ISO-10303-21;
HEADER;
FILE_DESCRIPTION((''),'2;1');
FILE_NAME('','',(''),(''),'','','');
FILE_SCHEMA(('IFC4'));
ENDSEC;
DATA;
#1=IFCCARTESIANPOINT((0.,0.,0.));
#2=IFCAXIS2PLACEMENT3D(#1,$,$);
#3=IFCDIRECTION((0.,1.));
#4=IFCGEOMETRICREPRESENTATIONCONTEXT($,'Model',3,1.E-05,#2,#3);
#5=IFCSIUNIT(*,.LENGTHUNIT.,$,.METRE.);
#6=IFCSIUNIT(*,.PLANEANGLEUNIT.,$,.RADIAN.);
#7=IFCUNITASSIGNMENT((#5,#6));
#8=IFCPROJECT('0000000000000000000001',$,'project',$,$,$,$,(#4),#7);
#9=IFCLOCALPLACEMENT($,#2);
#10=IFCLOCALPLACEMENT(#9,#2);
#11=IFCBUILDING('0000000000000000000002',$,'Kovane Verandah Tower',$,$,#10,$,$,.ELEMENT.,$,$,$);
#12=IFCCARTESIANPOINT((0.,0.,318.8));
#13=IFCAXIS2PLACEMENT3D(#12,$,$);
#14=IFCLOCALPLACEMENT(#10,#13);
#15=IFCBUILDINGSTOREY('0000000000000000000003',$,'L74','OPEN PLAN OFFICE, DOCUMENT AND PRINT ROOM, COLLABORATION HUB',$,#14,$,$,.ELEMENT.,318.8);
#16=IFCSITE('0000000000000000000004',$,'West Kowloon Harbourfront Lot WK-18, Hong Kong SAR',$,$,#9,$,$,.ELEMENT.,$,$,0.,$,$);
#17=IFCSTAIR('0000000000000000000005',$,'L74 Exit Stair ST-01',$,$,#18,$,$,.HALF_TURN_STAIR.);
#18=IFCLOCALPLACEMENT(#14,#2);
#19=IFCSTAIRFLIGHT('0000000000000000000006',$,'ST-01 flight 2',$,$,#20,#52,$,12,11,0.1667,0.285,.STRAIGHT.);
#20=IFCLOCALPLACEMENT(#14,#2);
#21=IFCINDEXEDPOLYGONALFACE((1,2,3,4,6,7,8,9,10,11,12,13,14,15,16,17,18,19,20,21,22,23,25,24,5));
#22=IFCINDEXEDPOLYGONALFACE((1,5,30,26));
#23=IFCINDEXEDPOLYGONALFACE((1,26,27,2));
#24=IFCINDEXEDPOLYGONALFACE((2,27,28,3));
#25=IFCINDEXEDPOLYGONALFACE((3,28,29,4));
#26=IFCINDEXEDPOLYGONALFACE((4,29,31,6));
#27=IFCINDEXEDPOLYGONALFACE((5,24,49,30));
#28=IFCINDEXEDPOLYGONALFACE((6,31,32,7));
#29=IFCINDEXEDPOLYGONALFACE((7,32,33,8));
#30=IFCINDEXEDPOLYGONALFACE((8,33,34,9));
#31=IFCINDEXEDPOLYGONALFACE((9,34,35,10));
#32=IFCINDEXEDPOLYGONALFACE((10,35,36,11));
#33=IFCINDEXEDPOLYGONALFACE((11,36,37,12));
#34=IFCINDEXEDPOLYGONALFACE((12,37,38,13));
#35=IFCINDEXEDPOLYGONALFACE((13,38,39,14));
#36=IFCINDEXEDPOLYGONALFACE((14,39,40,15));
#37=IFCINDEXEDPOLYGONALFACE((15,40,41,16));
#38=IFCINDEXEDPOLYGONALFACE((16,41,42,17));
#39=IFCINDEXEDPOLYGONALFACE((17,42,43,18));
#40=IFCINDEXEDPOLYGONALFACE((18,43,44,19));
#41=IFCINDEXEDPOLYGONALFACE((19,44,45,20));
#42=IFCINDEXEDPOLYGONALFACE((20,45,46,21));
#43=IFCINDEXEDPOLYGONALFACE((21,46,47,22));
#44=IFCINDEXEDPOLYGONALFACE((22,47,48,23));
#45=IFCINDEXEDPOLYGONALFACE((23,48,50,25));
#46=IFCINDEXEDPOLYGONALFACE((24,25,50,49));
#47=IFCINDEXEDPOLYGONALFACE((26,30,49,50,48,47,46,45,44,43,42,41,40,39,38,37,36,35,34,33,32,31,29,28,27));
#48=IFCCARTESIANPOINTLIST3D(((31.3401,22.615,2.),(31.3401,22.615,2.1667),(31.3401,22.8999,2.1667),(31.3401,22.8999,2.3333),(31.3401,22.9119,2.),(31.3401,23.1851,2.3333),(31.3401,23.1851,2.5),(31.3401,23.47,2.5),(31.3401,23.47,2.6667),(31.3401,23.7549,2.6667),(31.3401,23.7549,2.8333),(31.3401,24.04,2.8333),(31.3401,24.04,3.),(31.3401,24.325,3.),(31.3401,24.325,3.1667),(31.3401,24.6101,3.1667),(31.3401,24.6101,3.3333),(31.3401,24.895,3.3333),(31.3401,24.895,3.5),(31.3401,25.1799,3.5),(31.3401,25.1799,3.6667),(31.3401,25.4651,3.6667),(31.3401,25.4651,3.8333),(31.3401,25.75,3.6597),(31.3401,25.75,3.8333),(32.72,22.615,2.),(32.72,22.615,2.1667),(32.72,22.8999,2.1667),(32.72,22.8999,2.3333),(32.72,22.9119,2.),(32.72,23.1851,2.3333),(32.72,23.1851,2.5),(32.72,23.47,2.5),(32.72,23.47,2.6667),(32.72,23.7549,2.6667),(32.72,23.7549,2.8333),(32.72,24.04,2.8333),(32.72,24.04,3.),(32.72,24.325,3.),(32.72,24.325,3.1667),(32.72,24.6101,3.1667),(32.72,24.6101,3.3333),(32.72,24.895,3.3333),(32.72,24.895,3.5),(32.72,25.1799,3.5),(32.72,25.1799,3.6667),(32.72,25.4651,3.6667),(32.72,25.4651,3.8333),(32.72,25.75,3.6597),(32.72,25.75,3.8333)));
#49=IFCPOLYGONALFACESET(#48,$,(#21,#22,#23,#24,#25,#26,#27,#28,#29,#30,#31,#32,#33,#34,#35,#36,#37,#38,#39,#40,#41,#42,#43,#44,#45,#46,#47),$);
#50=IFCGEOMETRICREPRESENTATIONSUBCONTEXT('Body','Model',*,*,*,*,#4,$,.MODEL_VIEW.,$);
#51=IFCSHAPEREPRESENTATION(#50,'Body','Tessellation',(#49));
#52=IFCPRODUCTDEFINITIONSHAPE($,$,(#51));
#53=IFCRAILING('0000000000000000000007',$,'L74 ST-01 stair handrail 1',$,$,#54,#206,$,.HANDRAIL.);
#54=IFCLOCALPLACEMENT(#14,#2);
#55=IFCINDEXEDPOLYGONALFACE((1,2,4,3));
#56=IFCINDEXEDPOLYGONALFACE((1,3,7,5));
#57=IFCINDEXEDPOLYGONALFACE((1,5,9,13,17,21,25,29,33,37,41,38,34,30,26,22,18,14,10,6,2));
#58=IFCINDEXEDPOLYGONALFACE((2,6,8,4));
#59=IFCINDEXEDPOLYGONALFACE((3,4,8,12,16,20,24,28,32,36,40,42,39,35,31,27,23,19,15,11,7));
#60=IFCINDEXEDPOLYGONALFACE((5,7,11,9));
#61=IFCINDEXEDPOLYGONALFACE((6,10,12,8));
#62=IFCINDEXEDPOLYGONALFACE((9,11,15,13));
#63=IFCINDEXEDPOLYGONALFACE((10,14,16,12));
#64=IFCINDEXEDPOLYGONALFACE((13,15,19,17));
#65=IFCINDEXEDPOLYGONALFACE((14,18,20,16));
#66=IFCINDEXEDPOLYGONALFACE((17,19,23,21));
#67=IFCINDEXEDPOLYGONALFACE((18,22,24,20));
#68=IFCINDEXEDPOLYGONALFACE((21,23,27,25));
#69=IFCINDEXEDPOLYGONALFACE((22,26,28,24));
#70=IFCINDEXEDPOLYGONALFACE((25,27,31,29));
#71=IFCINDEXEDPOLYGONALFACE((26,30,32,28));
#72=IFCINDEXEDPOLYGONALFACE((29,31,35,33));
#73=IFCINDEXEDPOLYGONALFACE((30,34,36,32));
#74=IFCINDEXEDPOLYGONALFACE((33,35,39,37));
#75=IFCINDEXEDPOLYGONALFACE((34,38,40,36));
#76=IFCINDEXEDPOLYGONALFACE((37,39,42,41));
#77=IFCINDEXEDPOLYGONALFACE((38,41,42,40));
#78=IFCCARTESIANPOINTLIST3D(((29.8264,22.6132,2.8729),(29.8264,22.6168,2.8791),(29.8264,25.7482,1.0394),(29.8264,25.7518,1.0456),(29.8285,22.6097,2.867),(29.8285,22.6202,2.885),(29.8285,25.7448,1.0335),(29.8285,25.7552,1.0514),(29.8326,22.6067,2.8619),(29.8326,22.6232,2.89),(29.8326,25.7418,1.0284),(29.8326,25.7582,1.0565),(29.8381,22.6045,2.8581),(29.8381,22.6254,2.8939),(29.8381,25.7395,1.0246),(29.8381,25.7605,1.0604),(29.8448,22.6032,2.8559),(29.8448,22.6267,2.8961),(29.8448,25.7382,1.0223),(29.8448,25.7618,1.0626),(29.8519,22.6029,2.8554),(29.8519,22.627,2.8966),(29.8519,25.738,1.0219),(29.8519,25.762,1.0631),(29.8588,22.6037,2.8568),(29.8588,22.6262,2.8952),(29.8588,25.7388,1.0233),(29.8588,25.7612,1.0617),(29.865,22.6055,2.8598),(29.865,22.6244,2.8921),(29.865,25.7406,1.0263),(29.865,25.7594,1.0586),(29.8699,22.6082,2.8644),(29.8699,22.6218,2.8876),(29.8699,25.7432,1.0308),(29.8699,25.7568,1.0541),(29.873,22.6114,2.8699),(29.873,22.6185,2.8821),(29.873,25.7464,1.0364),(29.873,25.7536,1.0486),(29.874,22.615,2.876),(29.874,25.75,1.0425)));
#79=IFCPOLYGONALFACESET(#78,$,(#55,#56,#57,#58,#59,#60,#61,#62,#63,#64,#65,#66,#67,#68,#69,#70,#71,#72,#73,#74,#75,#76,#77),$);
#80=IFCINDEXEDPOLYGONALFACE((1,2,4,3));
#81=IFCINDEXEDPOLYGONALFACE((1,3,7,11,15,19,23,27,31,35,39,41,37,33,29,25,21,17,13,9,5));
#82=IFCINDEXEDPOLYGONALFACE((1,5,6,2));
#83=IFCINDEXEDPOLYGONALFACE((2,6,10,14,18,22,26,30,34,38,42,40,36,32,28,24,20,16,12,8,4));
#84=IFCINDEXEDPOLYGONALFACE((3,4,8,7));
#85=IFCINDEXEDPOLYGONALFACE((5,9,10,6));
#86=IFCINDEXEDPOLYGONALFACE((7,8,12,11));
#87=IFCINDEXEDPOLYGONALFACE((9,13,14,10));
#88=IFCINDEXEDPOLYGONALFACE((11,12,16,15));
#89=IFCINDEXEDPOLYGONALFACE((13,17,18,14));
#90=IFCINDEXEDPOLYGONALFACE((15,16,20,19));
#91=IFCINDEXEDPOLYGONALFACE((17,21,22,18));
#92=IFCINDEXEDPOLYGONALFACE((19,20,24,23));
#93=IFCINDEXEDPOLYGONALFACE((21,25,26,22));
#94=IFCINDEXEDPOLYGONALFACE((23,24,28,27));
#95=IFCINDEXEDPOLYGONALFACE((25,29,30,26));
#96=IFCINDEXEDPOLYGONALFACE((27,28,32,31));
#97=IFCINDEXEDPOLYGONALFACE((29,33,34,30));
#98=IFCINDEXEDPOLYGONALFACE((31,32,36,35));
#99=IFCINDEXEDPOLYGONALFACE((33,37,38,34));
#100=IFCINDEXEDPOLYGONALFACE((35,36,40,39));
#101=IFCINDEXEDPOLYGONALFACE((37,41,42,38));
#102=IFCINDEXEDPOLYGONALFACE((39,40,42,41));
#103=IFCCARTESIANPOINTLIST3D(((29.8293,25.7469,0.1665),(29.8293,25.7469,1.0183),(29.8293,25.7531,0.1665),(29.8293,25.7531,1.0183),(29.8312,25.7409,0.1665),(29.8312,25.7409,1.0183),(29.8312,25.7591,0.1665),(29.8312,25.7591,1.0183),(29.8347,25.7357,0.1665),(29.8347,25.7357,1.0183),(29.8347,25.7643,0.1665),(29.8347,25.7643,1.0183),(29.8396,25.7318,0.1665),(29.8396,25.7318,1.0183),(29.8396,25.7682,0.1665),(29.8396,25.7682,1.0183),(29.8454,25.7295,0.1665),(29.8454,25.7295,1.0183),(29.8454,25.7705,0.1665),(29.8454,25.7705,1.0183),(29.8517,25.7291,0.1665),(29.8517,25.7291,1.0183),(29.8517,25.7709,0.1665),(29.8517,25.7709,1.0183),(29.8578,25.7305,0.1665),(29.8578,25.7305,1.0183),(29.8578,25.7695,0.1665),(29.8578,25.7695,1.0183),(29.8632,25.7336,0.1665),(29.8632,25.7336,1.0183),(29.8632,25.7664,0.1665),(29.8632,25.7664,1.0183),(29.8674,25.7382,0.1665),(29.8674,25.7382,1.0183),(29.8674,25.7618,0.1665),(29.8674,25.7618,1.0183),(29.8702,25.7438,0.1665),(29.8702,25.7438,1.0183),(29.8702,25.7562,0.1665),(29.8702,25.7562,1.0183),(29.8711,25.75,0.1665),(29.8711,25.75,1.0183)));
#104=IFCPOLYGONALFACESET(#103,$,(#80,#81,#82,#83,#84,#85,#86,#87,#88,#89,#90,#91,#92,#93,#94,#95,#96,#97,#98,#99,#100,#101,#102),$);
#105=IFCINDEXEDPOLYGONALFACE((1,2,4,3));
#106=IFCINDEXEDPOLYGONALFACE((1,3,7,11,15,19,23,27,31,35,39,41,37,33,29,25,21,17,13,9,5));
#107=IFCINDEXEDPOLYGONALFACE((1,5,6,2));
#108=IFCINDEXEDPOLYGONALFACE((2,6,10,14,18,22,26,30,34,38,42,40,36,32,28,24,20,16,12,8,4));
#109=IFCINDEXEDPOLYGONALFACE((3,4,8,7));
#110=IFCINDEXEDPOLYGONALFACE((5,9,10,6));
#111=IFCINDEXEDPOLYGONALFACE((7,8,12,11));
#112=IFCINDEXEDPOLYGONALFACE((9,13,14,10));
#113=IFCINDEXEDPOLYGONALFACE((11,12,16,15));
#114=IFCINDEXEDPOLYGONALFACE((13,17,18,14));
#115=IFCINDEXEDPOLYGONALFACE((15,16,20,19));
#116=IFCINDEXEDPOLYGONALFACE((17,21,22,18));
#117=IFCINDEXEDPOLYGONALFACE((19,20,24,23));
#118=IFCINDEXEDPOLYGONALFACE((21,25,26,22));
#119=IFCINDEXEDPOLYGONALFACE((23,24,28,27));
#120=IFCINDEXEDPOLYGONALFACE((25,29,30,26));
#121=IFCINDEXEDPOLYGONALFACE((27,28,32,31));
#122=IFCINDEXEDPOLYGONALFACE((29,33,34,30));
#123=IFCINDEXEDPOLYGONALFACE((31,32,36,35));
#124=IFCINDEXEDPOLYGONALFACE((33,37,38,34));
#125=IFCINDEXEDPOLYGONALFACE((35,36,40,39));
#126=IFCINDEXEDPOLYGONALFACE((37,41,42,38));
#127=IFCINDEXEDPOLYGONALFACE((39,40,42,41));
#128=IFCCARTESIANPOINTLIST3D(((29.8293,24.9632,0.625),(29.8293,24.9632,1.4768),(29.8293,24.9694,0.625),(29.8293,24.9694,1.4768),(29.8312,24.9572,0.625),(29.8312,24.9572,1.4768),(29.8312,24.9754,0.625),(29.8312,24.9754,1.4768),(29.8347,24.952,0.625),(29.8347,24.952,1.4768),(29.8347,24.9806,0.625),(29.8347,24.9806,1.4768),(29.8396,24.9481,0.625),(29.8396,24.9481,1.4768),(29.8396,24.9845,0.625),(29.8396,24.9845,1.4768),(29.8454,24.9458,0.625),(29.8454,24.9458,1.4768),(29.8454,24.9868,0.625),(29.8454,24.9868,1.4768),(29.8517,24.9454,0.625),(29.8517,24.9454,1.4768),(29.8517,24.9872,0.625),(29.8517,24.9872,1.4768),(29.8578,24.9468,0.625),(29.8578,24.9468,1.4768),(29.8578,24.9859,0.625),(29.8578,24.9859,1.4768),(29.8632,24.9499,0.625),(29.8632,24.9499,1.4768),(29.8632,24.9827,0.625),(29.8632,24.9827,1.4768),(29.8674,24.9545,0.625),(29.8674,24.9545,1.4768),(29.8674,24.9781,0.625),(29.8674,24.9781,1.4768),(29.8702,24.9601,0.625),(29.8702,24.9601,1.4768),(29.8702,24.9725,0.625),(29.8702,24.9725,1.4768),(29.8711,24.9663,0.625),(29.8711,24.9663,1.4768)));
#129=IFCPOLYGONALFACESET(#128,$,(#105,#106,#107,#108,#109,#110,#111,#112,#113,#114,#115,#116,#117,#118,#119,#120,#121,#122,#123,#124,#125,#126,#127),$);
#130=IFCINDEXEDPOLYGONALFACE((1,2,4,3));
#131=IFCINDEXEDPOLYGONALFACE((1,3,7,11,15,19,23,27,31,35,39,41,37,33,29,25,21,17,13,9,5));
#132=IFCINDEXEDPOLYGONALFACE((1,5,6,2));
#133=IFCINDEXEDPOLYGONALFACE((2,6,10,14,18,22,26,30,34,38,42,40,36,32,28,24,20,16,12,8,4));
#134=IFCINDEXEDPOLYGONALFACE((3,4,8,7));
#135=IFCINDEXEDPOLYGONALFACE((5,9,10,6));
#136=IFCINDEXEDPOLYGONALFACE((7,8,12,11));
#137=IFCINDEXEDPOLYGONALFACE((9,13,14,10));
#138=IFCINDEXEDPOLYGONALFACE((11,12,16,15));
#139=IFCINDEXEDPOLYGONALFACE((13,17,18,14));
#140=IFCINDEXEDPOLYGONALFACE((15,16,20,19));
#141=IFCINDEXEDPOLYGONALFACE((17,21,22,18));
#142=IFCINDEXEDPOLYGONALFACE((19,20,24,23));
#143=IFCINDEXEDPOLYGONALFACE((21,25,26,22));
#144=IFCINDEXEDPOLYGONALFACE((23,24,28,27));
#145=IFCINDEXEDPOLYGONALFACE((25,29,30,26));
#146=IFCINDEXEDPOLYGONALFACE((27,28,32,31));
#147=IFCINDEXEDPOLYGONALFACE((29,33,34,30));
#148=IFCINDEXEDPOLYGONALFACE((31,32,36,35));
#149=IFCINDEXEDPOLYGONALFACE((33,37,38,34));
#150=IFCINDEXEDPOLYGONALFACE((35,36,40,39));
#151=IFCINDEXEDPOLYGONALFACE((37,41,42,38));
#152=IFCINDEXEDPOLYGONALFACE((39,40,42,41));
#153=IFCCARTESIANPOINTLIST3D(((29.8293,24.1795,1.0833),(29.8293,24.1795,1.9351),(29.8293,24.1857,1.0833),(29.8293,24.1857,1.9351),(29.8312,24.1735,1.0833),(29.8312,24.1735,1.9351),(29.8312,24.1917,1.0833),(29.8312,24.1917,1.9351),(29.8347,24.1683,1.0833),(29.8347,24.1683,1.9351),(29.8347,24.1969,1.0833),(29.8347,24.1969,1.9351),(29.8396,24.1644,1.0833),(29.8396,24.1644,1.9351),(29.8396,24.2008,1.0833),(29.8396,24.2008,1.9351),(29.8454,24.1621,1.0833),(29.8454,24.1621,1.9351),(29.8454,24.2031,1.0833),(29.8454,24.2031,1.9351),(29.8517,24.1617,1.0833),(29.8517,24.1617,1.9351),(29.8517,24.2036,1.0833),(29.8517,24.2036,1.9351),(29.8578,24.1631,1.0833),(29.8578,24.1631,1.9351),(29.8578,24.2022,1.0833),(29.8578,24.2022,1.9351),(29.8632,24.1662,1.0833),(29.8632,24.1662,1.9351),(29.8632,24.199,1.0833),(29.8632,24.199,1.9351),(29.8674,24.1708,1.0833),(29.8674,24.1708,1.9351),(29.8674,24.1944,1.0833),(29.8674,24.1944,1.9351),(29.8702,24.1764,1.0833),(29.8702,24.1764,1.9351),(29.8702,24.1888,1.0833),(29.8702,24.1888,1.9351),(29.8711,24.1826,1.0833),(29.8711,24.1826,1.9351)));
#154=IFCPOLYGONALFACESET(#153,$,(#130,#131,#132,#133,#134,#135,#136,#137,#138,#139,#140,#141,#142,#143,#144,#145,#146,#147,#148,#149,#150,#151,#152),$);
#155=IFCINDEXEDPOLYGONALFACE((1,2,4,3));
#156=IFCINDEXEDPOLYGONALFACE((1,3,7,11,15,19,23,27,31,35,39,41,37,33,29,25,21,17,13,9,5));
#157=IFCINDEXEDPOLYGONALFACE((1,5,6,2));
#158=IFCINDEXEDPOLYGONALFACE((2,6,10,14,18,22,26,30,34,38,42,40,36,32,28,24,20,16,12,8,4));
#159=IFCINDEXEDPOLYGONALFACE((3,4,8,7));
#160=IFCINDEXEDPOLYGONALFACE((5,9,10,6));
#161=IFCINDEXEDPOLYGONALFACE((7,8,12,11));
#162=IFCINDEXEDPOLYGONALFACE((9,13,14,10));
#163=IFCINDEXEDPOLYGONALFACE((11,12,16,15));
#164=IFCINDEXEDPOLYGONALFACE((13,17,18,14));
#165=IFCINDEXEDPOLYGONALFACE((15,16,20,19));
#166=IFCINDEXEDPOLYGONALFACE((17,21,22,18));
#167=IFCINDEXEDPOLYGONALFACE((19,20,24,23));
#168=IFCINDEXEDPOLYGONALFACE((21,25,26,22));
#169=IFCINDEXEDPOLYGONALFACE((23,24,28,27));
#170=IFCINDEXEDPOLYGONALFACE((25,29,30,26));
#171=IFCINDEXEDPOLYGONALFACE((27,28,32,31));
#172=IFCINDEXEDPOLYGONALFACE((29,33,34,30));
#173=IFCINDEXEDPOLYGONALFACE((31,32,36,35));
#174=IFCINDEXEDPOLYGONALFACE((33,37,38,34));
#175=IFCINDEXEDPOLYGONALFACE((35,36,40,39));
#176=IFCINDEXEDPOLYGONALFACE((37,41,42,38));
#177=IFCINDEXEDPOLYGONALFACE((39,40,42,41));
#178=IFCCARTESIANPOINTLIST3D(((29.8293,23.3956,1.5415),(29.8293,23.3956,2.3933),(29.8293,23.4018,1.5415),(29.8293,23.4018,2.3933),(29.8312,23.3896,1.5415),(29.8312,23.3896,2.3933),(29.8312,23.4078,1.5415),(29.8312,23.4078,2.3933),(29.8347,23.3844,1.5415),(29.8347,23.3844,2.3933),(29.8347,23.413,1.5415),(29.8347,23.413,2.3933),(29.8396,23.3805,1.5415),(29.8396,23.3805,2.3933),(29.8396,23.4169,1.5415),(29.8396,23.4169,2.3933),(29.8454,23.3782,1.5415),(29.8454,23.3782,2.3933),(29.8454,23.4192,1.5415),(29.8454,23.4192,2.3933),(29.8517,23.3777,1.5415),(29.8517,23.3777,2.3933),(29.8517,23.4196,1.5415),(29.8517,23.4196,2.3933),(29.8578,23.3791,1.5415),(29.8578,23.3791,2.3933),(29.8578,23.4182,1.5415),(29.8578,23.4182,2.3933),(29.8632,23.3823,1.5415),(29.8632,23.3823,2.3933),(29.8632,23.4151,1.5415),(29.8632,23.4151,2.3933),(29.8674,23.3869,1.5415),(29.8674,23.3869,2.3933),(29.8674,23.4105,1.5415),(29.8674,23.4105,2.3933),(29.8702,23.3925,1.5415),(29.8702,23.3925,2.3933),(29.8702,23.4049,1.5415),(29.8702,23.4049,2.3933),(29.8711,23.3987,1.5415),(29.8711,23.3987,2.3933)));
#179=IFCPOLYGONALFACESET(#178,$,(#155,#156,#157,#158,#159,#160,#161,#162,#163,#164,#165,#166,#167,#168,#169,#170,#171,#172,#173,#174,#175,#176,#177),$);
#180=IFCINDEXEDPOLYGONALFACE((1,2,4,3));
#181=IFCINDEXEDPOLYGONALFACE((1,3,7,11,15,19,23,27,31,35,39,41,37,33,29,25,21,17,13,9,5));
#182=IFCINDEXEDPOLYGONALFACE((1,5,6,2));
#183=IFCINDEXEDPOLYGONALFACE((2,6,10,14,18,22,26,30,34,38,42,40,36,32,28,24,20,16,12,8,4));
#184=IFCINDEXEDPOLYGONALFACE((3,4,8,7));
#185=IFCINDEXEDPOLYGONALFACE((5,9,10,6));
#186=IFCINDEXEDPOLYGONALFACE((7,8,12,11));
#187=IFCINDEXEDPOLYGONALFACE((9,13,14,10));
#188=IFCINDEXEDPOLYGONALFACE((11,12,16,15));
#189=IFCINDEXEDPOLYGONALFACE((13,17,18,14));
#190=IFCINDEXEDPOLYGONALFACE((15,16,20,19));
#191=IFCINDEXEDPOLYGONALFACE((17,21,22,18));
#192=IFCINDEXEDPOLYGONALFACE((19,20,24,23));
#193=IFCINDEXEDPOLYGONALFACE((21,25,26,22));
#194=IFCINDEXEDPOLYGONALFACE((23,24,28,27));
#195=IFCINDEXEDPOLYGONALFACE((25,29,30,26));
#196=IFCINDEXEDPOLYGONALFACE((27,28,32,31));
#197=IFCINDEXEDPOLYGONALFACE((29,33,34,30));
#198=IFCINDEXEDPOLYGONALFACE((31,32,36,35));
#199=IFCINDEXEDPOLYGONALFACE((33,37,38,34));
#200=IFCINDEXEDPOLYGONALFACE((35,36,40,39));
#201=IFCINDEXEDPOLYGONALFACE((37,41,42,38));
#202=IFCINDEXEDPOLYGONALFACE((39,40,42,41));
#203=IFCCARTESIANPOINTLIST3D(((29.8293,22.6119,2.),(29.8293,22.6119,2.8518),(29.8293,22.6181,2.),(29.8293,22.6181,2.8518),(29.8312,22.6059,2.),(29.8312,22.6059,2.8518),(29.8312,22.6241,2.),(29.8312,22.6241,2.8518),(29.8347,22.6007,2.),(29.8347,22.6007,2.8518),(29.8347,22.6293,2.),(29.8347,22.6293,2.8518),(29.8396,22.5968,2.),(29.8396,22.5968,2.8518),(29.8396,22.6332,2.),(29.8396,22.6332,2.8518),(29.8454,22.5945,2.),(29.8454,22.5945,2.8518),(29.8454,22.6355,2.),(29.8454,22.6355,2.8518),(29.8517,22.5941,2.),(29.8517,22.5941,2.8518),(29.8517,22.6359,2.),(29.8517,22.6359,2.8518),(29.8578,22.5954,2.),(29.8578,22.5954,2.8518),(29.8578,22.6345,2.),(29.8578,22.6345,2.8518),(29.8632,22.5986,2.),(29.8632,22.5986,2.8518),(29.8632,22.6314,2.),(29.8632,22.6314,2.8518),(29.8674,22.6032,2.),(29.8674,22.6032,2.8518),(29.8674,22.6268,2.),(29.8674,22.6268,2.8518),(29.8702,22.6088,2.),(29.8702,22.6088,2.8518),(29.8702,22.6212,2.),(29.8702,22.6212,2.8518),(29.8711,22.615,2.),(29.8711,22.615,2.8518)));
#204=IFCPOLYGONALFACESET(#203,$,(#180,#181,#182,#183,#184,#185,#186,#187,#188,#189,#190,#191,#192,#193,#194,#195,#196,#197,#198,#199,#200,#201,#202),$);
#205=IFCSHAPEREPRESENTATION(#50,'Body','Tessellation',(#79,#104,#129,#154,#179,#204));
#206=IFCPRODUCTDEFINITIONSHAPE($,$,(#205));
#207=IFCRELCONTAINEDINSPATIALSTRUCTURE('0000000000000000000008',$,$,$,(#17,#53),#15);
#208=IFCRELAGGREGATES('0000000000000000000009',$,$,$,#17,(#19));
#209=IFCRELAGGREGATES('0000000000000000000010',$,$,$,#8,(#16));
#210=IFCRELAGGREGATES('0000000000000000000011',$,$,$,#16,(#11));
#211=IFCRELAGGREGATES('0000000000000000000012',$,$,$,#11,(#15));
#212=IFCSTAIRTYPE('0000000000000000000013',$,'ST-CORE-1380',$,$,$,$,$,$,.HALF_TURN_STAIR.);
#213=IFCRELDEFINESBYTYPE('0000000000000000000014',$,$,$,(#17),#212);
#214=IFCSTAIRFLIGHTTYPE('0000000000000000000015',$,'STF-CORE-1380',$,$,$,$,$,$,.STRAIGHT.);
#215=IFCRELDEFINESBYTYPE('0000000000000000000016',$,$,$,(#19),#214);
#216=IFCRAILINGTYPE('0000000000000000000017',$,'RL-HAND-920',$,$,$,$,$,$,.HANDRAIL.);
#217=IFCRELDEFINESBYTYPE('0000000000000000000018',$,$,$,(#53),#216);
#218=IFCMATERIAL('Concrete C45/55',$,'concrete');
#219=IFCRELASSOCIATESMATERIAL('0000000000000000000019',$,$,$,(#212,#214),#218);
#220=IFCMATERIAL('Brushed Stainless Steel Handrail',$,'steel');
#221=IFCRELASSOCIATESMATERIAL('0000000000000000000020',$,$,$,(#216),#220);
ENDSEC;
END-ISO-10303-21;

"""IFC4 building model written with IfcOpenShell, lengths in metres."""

from ifc_helpers import new_model, si_unit, direction, frame, origin, origin_2d, place, context, subcontext, project, spatial, polyline, circle, outline, extrude, material, type_object, element, aggregate, save


model = new_model("IFC4")

# Units and contexts
model_context = context("Model", 3, precision=1e-05, world=origin(), true_north=direction((0.0, 1.0)))
body_context = subcontext(model_context, "Body", "Model", "MODEL_VIEW")
ifc_project = project(units=[si_unit("LENGTHUNIT", "METRE"), si_unit("PLANEANGLEUNIT", "RADIAN")], contexts=[model_context])

# Site, building, storey
site_placement = place(None, origin())
site = spatial("IfcSite", under=ifc_project, at=site_placement, Name="West Kowloon Harbourfront Lot WK-18, Hong Kong SAR", CompositionType="ELEMENT", RefElevation=0.0)
building_placement = place(site_placement, origin())
building = spatial("IfcBuilding", under=site, at=building_placement, Name="Kovane Verandah Tower", CompositionType="ELEMENT")
storey_placement = place(building_placement, frame((0.0, 0.0, 318.8)))
storey = spatial("IfcBuildingStorey", under=building, at=storey_placement, Name="L74", Description="OPEN PLAN OFFICE, DOCUMENT AND PRINT ROOM, COLLABORATION HUB", CompositionType="ELEMENT", Elevation=318.8)

# Shared definitions
ifc_material_1 = material(Name="Concrete C45/55", Category="concrete")

# Stair, stair flight
stair_type = type_object("IfcStairType", Name="ST-CORE-1380", PredefinedType="HALF_TURN_STAIR", material=ifc_material_1)
stair_placement = place(storey_placement, origin())
stair = element("IfcStair", 1, at=stair_placement, inside=storey, type_object=stair_type, Name="L74 Exit Stair ST-01", PredefinedType="HALF_TURN_STAIR")
stair_flight_type = type_object("IfcStairFlightType", Name="STF-CORE-1380", PredefinedType="STRAIGHT", material=ifc_material_1)
stair_flight_1_placement = place(storey_placement, frame((32.03, 22.615, 2.0), z_axis=(0.0, 0.0, 1.0), x_axis=(0.0, 1.0, 0.0)))
stair_flight_1 = element("IfcStairFlight", 2, at=stair_flight_1_placement, type_object=stair_flight_type, Name="ST-01 flight 2", NumberOfRisers=12, NumberOfTreads=11, PredefinedType="STRAIGHT", RiserHeight=0.1667, TreadLength=0.285, context=body_context, shape_type="SweptSolid", body=[
    extrude(outline(polyline([(0.0, 0.0), (0.0, 0.1667), (0.2849, 0.1667), (0.2849, 0.3333), (0.5701, 0.3333), (0.5701, 0.5), (0.855, 0.5), (0.855, 0.6667), (1.1399, 0.6667), (1.1399, 0.8333), (1.425, 0.8333), (1.425, 1.0), (1.71, 1.0), (1.71, 1.1667), (1.9951, 1.1667), (1.9951, 1.3333), (2.28, 1.3333), (2.28, 1.5), (2.5649, 1.5), (2.5649, 1.6667), (2.8501, 1.6667), (2.8501, 1.8333), (3.135, 1.8333), (3.135, 2.0), (3.135, 1.6597), (0.2969, 0.0), (0.0, 0.0)])), frame((0.0, 0.6899, 0.0), z_axis=(0.0, -1.0, 0.0), x_axis=(1.0, 0.0, 0.0)), (0.0, 0.0, 1.0), 1.3799),
])
aggregate(stair, [stair_flight_1])

# Railing
ifc_material_2 = material(Name="Brushed Stainless Steel Handrail", Category="steel")
railing_type_1 = type_object("IfcRailingType", Name="RL-HAND-920", PredefinedType="HANDRAIL", material=ifc_material_2)
railing_1_placement = place(storey_placement, frame((29.8501, 25.75, 0.1665)))
element("IfcRailing", 3, at=railing_1_placement, inside=storey, type_object=railing_type_1, Name="L74 ST-01 stair handrail 1", PredefinedType="HANDRAIL", context=body_context, shape_type="SweptSolid", body=[
    extrude(circle(Radius=0.0239, at=origin_2d()), frame((0.0, 0.0, 0.876), z_axis=(0.0, -0.86321, 0.504845), x_axis=(1.0, 0.0, 0.0)), (0.0, 0.0, 1.0), 3.6318),
    extrude(circle(Radius=0.021, at=origin_2d()), origin(), (0.0, 0.0, 1.0), 0.8518),
    extrude(circle(Radius=0.021, at=origin_2d()), frame((0.0, -0.7837, 0.4585)), (0.0, 0.0, 1.0), 0.8518),
    extrude(circle(Radius=0.021, at=origin_2d()), frame((0.0, -1.5674, 0.9167)), (0.0, 0.0, 1.0), 0.8518),
    extrude(circle(Radius=0.021, at=origin_2d()), frame((0.0, -2.3513, 1.375)), (0.0, 0.0, 1.0), 0.8518),
    extrude(circle(Radius=0.021, at=origin_2d()), frame((0.0, -3.135, 1.8335)), (0.0, 0.0, 1.0), 0.8518),
])

save(model, "model.ifc")
